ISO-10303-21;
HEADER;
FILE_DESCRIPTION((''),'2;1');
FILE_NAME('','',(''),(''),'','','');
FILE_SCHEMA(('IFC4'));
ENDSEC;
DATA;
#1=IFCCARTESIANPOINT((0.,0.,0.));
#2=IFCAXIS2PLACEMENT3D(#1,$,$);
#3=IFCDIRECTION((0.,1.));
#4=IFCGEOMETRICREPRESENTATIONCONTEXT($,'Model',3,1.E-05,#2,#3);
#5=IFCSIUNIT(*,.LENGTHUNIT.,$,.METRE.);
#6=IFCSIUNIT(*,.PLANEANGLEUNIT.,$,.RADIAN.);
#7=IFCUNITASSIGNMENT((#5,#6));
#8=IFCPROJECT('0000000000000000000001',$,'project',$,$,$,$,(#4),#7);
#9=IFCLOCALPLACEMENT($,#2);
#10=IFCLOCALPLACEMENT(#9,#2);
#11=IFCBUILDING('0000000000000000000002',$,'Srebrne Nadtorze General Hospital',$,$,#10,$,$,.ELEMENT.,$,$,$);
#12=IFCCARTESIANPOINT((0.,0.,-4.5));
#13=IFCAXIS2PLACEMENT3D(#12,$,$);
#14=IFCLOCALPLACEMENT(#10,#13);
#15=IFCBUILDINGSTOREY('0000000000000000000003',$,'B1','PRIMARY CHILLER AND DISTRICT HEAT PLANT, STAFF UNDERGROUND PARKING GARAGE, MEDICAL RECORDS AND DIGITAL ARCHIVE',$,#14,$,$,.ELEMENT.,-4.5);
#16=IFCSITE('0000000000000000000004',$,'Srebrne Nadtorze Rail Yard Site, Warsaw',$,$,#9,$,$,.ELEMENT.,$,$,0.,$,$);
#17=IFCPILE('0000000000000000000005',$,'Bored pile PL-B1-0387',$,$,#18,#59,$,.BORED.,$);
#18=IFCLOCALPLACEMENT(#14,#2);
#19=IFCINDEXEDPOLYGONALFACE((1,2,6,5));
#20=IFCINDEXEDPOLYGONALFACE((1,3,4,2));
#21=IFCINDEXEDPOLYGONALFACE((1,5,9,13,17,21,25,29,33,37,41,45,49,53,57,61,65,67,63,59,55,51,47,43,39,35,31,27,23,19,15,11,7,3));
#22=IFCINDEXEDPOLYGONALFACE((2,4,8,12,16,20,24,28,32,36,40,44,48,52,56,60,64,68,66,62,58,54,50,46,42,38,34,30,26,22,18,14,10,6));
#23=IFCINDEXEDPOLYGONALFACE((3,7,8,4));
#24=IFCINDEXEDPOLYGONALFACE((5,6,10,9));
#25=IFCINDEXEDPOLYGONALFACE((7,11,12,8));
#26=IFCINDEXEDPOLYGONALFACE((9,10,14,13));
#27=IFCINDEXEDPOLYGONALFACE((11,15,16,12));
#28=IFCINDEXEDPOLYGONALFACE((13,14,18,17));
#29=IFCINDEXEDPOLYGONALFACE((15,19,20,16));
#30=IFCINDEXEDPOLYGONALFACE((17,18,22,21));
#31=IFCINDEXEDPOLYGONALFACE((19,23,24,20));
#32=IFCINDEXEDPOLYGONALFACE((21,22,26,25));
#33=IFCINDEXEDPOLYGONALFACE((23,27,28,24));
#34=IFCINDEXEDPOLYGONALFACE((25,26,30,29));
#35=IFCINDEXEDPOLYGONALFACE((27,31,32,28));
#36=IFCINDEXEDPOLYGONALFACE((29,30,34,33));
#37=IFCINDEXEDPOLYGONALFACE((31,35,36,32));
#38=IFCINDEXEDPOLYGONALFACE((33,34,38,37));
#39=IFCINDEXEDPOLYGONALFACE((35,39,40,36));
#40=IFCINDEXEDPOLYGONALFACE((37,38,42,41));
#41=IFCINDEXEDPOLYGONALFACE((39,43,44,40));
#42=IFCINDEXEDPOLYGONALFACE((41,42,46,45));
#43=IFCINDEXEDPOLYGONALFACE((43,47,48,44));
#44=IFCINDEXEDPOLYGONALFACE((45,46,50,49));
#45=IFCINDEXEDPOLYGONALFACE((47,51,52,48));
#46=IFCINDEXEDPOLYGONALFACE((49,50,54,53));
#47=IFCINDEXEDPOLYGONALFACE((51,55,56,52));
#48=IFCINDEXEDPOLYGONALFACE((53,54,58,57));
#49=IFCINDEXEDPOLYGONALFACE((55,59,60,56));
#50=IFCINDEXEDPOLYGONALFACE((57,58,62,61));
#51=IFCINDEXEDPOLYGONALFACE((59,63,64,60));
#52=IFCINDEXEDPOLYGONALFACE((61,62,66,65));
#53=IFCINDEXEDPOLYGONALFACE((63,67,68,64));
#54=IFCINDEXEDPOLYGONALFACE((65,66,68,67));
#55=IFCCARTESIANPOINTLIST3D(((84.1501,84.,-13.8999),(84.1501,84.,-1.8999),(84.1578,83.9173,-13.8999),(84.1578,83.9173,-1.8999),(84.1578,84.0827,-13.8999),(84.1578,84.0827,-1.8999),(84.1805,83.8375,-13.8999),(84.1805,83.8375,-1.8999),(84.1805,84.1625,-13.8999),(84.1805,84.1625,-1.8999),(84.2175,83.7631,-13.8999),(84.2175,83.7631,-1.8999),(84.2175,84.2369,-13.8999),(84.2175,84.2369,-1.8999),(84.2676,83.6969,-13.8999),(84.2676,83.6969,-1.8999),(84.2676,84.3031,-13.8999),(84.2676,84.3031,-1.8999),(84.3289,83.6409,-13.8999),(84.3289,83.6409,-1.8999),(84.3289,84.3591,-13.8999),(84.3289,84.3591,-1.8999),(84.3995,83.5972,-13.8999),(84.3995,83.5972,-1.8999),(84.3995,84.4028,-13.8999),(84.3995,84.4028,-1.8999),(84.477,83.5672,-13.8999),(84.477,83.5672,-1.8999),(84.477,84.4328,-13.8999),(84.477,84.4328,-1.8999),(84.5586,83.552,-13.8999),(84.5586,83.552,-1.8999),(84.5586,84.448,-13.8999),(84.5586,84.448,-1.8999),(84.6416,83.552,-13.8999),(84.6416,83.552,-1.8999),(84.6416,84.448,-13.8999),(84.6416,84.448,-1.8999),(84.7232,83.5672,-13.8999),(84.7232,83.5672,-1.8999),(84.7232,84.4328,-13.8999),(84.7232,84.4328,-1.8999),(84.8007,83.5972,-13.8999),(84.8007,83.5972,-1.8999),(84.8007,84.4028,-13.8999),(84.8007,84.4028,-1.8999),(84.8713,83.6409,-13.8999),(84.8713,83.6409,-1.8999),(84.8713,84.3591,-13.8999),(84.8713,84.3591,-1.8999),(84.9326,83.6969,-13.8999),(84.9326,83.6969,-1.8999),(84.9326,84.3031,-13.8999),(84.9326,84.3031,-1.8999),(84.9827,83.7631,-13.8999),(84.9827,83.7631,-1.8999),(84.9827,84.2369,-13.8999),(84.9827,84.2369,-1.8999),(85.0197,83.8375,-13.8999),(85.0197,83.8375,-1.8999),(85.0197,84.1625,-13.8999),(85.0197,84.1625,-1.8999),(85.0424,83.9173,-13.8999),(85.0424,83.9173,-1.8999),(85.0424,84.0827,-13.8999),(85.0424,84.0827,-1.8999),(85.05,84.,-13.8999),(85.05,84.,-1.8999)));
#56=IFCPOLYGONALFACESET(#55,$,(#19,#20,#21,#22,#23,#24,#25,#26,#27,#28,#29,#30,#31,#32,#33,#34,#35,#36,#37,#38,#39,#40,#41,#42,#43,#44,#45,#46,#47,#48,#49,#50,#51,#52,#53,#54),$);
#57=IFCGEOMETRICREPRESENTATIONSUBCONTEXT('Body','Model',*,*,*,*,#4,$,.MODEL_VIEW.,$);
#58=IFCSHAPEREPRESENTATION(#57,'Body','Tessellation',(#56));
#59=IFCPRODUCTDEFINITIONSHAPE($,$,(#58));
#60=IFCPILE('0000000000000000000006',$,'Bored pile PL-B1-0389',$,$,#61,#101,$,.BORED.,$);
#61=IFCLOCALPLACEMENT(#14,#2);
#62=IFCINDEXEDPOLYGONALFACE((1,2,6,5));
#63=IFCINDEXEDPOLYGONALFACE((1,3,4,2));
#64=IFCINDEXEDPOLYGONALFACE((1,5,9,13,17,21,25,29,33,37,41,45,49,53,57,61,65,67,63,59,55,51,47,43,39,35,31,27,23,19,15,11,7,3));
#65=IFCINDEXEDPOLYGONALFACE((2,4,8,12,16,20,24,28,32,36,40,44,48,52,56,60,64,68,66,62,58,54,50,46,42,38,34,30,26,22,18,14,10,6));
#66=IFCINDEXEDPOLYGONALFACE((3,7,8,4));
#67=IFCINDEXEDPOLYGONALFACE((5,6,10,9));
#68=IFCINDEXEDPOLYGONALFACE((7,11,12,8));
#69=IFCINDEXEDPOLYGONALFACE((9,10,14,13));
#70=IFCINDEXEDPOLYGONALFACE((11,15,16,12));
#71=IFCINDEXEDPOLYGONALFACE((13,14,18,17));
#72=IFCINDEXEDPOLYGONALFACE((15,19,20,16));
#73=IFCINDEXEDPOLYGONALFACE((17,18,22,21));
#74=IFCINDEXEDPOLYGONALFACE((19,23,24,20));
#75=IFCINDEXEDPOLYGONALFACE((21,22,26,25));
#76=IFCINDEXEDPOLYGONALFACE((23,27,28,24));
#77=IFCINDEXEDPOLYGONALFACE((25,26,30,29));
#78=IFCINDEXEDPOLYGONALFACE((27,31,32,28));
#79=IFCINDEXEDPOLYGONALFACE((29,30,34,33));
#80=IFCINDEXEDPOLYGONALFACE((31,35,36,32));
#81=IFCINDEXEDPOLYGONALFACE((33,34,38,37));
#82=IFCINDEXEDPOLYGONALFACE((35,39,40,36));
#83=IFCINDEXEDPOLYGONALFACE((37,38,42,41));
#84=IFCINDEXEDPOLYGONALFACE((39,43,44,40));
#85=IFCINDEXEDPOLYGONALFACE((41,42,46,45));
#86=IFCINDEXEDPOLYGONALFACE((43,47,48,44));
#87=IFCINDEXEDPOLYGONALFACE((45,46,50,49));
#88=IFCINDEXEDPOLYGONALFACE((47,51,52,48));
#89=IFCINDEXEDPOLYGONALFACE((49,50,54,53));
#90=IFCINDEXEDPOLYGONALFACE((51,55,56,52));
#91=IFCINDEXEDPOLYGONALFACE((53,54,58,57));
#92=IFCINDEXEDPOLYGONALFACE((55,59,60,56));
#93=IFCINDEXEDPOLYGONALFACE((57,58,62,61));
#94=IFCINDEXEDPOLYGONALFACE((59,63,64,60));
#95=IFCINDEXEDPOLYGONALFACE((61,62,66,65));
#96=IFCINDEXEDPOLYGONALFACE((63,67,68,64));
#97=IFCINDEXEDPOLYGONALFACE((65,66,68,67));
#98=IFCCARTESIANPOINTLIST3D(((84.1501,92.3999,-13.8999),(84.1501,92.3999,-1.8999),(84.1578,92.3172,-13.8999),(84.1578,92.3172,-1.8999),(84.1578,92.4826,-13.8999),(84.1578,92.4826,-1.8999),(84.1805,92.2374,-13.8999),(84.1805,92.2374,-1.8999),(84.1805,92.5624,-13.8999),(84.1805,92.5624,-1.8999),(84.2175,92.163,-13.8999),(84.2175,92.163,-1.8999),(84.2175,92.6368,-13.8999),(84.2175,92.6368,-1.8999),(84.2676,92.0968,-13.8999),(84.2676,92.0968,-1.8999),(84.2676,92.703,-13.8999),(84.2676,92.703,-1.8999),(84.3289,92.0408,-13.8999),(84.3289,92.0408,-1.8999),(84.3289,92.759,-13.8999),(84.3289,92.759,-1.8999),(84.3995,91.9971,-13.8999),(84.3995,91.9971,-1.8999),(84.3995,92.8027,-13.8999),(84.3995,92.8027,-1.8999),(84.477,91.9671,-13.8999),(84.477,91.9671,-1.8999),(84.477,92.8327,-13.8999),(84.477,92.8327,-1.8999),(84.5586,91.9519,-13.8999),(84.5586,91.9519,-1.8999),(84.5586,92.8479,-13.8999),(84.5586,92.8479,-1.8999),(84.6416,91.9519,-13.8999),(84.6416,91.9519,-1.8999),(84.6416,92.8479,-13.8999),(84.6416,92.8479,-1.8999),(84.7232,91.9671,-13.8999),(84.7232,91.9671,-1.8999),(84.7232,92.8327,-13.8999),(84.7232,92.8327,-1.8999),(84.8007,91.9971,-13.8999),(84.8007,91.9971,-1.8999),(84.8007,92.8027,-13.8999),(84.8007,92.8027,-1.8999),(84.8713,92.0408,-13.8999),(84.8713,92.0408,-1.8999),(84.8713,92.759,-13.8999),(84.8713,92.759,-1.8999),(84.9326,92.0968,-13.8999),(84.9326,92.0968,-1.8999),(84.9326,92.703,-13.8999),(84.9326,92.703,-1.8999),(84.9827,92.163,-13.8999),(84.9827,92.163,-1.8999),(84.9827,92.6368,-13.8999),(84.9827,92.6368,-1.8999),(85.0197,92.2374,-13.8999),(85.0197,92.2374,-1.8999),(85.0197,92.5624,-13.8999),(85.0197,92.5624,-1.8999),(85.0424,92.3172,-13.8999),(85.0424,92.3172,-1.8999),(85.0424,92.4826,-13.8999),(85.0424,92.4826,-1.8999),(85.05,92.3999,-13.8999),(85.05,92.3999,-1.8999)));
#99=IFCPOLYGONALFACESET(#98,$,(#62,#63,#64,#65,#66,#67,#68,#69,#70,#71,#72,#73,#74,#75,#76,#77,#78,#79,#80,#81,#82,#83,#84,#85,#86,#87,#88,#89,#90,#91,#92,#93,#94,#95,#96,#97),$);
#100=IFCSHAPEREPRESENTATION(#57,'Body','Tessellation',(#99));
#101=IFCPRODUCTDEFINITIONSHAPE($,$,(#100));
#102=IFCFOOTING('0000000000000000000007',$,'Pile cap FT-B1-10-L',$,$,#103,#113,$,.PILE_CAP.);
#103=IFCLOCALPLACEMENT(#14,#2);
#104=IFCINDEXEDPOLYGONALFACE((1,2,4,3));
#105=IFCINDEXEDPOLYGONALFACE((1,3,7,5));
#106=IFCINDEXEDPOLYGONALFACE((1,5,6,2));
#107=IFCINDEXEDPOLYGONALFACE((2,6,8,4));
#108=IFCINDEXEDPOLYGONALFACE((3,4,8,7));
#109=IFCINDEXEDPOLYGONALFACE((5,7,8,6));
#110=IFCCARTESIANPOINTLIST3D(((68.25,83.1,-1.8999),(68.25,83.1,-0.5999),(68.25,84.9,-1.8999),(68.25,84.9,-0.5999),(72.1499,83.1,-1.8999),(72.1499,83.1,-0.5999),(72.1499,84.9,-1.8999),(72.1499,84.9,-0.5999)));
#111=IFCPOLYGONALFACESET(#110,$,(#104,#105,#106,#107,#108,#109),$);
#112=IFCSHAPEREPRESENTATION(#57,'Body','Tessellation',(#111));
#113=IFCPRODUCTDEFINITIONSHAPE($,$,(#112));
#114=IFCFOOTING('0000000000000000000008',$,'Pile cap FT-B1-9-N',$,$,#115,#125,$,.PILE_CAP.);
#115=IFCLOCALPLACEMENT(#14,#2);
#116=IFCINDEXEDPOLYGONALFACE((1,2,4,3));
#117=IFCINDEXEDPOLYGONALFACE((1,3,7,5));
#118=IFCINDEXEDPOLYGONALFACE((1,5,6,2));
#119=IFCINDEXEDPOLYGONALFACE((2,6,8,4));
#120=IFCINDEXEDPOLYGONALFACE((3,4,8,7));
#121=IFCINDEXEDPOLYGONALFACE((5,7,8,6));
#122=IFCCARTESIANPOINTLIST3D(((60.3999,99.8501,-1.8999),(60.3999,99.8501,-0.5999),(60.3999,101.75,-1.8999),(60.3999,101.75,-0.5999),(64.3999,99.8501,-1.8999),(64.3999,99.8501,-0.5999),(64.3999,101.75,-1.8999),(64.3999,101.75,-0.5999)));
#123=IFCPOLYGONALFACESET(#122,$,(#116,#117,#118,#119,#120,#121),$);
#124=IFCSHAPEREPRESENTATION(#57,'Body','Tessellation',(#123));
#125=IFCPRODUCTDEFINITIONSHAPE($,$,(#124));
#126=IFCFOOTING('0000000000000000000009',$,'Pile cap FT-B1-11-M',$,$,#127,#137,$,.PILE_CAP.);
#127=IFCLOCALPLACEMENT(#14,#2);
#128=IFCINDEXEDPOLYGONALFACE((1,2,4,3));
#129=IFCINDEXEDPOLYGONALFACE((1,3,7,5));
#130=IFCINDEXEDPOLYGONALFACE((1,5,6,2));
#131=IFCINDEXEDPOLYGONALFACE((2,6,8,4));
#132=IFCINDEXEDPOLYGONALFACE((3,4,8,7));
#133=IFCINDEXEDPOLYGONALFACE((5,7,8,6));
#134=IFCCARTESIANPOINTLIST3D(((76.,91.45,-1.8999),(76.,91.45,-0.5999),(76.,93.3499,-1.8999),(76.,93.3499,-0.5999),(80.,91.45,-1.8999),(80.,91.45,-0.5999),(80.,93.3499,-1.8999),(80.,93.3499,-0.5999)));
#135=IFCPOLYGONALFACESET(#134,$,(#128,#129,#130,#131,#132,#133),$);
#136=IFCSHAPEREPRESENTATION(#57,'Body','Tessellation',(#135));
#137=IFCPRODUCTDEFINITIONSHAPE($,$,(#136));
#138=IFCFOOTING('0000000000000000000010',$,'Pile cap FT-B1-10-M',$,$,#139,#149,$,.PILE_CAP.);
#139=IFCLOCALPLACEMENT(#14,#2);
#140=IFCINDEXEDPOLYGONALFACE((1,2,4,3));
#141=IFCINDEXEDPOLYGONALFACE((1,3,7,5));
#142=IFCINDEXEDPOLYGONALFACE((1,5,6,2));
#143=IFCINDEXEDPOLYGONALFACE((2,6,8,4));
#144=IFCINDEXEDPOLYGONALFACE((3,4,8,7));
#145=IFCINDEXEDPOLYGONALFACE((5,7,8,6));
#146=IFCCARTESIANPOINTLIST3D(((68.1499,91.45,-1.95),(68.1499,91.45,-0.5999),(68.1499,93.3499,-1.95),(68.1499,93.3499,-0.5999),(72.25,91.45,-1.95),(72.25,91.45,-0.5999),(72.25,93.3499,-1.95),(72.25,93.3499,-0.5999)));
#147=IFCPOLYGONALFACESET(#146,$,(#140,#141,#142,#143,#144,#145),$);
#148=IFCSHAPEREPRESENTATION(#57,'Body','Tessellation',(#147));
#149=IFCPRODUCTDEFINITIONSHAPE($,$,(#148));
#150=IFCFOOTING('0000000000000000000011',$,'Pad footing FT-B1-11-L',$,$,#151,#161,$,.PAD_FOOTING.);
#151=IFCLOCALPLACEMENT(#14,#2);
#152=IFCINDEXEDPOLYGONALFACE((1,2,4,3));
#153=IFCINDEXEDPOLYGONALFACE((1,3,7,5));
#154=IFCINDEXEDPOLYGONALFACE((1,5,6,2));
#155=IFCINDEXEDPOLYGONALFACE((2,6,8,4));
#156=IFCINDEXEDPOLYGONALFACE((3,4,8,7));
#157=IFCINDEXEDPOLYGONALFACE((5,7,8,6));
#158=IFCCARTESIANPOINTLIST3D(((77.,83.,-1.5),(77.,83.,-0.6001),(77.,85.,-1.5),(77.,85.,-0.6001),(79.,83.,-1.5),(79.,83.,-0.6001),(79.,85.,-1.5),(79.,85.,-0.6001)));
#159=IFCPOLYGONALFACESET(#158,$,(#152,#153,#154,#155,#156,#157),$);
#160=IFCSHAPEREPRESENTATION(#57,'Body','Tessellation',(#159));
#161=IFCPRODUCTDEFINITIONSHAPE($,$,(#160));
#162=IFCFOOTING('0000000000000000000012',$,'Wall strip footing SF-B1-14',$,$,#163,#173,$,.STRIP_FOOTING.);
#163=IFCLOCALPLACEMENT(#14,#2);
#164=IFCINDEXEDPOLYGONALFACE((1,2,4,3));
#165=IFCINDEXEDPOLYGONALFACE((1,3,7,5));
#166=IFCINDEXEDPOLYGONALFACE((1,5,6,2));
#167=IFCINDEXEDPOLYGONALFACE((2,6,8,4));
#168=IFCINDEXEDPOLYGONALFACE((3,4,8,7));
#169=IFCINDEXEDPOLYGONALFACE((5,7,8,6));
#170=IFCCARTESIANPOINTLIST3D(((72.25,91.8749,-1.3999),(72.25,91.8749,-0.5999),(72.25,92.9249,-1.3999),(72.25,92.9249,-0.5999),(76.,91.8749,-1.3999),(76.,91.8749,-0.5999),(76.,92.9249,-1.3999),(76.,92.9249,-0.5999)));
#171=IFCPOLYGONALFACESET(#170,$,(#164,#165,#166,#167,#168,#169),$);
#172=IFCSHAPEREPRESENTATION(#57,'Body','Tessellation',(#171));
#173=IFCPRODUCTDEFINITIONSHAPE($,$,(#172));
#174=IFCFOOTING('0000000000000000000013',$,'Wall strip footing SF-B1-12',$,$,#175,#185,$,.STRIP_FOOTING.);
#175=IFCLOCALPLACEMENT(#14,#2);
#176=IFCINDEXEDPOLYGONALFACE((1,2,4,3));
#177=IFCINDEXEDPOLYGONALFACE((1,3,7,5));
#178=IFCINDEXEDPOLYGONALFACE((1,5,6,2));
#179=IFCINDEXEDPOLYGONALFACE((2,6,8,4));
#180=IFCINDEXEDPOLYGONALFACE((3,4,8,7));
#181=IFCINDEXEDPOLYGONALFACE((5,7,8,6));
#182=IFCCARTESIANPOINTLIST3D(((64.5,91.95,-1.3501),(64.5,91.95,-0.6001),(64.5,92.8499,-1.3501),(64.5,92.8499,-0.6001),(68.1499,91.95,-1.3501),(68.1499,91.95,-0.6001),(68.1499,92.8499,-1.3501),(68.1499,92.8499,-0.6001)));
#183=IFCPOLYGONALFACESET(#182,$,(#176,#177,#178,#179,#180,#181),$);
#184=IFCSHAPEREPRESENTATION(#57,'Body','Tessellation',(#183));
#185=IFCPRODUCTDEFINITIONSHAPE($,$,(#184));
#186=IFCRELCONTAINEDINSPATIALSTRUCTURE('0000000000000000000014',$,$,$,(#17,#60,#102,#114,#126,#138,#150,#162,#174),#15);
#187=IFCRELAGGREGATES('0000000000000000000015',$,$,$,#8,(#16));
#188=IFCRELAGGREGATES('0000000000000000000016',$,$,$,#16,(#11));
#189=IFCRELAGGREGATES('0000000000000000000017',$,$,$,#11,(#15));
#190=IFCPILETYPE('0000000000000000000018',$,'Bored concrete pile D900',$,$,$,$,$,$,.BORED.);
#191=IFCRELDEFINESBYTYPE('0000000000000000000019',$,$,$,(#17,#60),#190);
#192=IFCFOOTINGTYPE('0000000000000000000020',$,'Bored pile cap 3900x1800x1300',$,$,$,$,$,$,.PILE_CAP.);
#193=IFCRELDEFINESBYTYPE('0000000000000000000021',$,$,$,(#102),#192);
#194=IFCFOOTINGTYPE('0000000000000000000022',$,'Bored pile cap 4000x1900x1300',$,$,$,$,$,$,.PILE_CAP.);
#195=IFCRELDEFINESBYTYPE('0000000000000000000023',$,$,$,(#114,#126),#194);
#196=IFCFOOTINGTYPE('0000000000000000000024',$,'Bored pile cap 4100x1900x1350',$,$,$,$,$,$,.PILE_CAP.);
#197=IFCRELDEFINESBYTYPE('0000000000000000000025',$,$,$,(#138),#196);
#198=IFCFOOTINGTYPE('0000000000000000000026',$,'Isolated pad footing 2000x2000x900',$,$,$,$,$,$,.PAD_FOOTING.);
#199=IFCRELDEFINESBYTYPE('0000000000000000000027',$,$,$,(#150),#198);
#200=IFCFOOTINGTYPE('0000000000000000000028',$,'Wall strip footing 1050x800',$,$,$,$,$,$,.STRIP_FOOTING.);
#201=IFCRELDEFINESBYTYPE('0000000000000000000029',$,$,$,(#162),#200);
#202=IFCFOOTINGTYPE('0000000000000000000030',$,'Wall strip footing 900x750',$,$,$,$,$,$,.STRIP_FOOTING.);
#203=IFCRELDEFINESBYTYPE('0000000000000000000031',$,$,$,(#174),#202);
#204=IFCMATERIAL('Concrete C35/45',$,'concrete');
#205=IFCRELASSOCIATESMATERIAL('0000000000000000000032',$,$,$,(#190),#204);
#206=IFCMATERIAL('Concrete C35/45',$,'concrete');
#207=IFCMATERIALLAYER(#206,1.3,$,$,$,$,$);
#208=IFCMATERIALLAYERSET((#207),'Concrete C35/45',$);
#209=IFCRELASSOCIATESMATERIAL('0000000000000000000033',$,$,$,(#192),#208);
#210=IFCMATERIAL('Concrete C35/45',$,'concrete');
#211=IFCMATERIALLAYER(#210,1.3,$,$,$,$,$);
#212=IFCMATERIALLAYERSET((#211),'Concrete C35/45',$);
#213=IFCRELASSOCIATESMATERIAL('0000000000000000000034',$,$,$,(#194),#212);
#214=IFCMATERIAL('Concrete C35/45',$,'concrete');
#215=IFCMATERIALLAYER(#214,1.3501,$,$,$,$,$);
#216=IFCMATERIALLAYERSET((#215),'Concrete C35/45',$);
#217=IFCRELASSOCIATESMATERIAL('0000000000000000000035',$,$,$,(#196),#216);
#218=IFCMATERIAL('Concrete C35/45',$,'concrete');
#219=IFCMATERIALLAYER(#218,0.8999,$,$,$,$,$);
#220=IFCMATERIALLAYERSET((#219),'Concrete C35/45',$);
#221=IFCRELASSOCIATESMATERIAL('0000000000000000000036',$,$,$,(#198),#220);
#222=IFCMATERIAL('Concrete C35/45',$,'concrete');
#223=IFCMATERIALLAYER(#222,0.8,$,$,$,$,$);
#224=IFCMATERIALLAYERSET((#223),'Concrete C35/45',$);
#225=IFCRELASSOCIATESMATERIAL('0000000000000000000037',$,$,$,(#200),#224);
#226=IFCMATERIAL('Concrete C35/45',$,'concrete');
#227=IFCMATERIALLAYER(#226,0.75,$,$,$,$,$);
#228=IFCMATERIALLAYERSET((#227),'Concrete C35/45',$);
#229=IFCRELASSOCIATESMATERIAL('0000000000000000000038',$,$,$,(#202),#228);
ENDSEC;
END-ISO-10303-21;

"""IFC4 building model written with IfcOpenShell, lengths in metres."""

from ifc_helpers import new_model, si_unit, direction, frame, origin, origin_2d, place, context, subcontext, project, spatial, rectangle, circle, extrude, material, layer, layer_set, material_profile, profile_set, type_object, element, save


model = new_model("IFC4")

# Units and contexts
model_context = context("Model", 3, precision=1e-05, world=origin(), true_north=direction((0.0, 1.0)))
body_context = subcontext(model_context, "Body", "Model", "MODEL_VIEW")
ifc_project = project(units=[si_unit("LENGTHUNIT", "METRE"), si_unit("PLANEANGLEUNIT", "RADIAN")], contexts=[model_context])

# Site, building, storey
site_placement = place(None, origin())
site = spatial("IfcSite", under=ifc_project, at=site_placement, Name="Srebrne Nadtorze Rail Yard Site, Warsaw", CompositionType="ELEMENT", RefElevation=0.0)
building_placement = place(site_placement, origin())
building = spatial("IfcBuilding", under=site, at=building_placement, Name="Srebrne Nadtorze General Hospital", CompositionType="ELEMENT")
storey_placement = place(building_placement, frame((0.0, 0.0, -4.5)))
storey = spatial("IfcBuildingStorey", under=building, at=storey_placement, Name="B1", Description="PRIMARY CHILLER AND DISTRICT HEAT PLANT, STAFF UNDERGROUND PARKING GARAGE, MEDICAL RECORDS AND DIGITAL ARCHIVE", CompositionType="ELEMENT", Elevation=-4.5)

# Piles
ifc_material_1 = material(Name="Concrete C35/45", Category="concrete")
ifc_material_profile_1 = material_profile(ifc_material_1, circle(Radius=0.45, at=origin_2d()), Name="PILE-D900")
ifc_profile_set_1 = profile_set([ifc_material_profile_1], Name="Concrete C35/45")
pile_type_1 = type_object("IfcPileType", Name="Bored concrete pile D900", PredefinedType="BORED", material=ifc_profile_set_1)
for number, where, z_axis, x_axis, name in (
    (1, (84.6001, 84.0, -1.8999), (0.0, 0.0, -1.0), (1.0, 0.0, 0.0), "Bored pile PL-B1-0387"),
    (2, (84.6001, 92.3999, -1.8999), (0.0, 0.0, -1.0), (1.0, 0.0, 0.0), "Bored pile PL-B1-0389"),
):
    element("IfcPile", number, at=place(storey_placement, frame(where, z_axis=z_axis, x_axis=x_axis)), inside=storey, type_object=pile_type_1, Name=name, PredefinedType="BORED", context=body_context, shape_type="SweptSolid", body=[
        extrude(circle(Radius=0.45, at=origin_2d()), origin(), (0.0, 0.0, 1.0), 12.0),
    ])

# Footings
ifc_material_2 = material(Name="Concrete C35/45", Category="concrete")
ifc_layer_1 = layer(ifc_material_2, 1.3)
ifc_layer_set_1 = layer_set([ifc_layer_1], Name="Concrete C35/45")
footing_type_1 = type_object("IfcFootingType", Name="Bored pile cap 3900x1800x1300", PredefinedType="PILE_CAP", material=ifc_layer_set_1)
footing_1_placement = place(storey_placement, frame((70.2, 84.0, -1.8999), z_axis=(0.0, 0.0, 1.0), x_axis=(1.0, 0.0, 0.0)))
element("IfcFooting", 3, at=footing_1_placement, inside=storey, type_object=footing_type_1, Name="Pile cap FT-B1-10-L", PredefinedType="PILE_CAP", context=body_context, shape_type="SweptSolid", body=[
    extrude(rectangle(XDim=3.8999, YDim=1.8, at=origin_2d()), origin(), (0.0, 0.0, 1.0), 1.3),
])
ifc_material_3 = material(Name="Concrete C35/45", Category="concrete")
ifc_layer_2 = layer(ifc_material_3, 1.3)
ifc_layer_set_2 = layer_set([ifc_layer_2], Name="Concrete C35/45")
footing_type_2 = type_object("IfcFootingType", Name="Bored pile cap 4000x1900x1300", PredefinedType="PILE_CAP", material=ifc_layer_set_2)
for number, where, z_axis, x_axis, name in (
    (4, (62.3999, 100.8, -1.8999), (0.0, 0.0, 1.0), (1.0, 0.0, 0.0), "Pile cap FT-B1-9-N"),
    (5, (78.0, 92.3999, -1.8999), (0.0, 0.0, 1.0), (1.0, 0.0, 0.0), "Pile cap FT-B1-11-M"),
):
    element("IfcFooting", number, at=place(storey_placement, frame(where, z_axis=z_axis, x_axis=x_axis)), inside=storey, type_object=footing_type_2, Name=name, PredefinedType="PILE_CAP", context=body_context, shape_type="SweptSolid", body=[
        extrude(rectangle(XDim=4.0, YDim=1.8999, at=origin_2d()), origin(), (0.0, 0.0, 1.0), 1.3),
    ])
ifc_material_4 = material(Name="Concrete C35/45", Category="concrete")
ifc_layer_3 = layer(ifc_material_4, 1.3501)
ifc_layer_set_3 = layer_set([ifc_layer_3], Name="Concrete C35/45")
footing_type_3 = type_object("IfcFootingType", Name="Bored pile cap 4100x1900x1350", PredefinedType="PILE_CAP", material=ifc_layer_set_3)
footing_2_placement = place(storey_placement, frame((70.2, 92.3999, -1.95), z_axis=(0.0, 0.0, 1.0), x_axis=(1.0, 0.0, 0.0)))
element("IfcFooting", 6, at=footing_2_placement, inside=storey, type_object=footing_type_3, Name="Pile cap FT-B1-10-M", PredefinedType="PILE_CAP", context=body_context, shape_type="SweptSolid", body=[
    extrude(rectangle(XDim=4.1001, YDim=1.8999, at=origin_2d()), origin(), (0.0, 0.0, 1.0), 1.3501),
])
ifc_material_5 = material(Name="Concrete C35/45", Category="concrete")
ifc_layer_4 = layer(ifc_material_5, 0.8999)
ifc_layer_set_4 = layer_set([ifc_layer_4], Name="Concrete C35/45")
footing_type_4 = type_object("IfcFootingType", Name="Isolated pad footing 2000x2000x900", PredefinedType="PAD_FOOTING", material=ifc_layer_set_4)
footing_3_placement = place(storey_placement, frame((78.0, 84.0, -1.5), z_axis=(0.0, 0.0, 1.0), x_axis=(1.0, 0.0, 0.0)))
element("IfcFooting", 7, at=footing_3_placement, inside=storey, type_object=footing_type_4, Name="Pad footing FT-B1-11-L", PredefinedType="PAD_FOOTING", context=body_context, shape_type="SweptSolid", body=[
    extrude(rectangle(XDim=2.0, YDim=2.0, at=origin_2d()), origin(), (0.0, 0.0, 1.0), 0.8999),
])
ifc_material_6 = material(Name="Concrete C35/45", Category="concrete")
ifc_layer_5 = layer(ifc_material_6, 0.8)
ifc_layer_set_5 = layer_set([ifc_layer_5], Name="Concrete C35/45")
footing_type_5 = type_object("IfcFootingType", Name="Wall strip footing 1050x800", PredefinedType="STRIP_FOOTING", material=ifc_layer_set_5)
footing_4_placement = place(storey_placement, frame((74.125, 92.3999, -1.3999), z_axis=(0.0, 0.0, 1.0), x_axis=(1.0, 0.0, 0.0)))
element("IfcFooting", 8, at=footing_4_placement, inside=storey, type_object=footing_type_5, Name="Wall strip footing SF-B1-14", PredefinedType="STRIP_FOOTING", context=body_context, shape_type="SweptSolid", body=[
    extrude(rectangle(XDim=3.75, YDim=1.05, at=origin_2d()), origin(), (0.0, 0.0, 1.0), 0.8),
])
ifc_material_7 = material(Name="Concrete C35/45", Category="concrete")
ifc_layer_6 = layer(ifc_material_7, 0.75)
ifc_layer_set_6 = layer_set([ifc_layer_6], Name="Concrete C35/45")
footing_type_6 = type_object("IfcFootingType", Name="Wall strip footing 900x750", PredefinedType="STRIP_FOOTING", material=ifc_layer_set_6)
footing_5_placement = place(storey_placement, frame((66.325, 92.3999, -1.3501), z_axis=(0.0, 0.0, 1.0), x_axis=(1.0, 0.0, 0.0)))
element("IfcFooting", 9, at=footing_5_placement, inside=storey, type_object=footing_type_6, Name="Wall strip footing SF-B1-12", PredefinedType="STRIP_FOOTING", context=body_context, shape_type="SweptSolid", body=[
    extrude(rectangle(XDim=3.6499, YDim=0.8999, at=origin_2d()), origin(), (0.0, 0.0, 1.0), 0.75),
])

save(model, "model.ifc")
